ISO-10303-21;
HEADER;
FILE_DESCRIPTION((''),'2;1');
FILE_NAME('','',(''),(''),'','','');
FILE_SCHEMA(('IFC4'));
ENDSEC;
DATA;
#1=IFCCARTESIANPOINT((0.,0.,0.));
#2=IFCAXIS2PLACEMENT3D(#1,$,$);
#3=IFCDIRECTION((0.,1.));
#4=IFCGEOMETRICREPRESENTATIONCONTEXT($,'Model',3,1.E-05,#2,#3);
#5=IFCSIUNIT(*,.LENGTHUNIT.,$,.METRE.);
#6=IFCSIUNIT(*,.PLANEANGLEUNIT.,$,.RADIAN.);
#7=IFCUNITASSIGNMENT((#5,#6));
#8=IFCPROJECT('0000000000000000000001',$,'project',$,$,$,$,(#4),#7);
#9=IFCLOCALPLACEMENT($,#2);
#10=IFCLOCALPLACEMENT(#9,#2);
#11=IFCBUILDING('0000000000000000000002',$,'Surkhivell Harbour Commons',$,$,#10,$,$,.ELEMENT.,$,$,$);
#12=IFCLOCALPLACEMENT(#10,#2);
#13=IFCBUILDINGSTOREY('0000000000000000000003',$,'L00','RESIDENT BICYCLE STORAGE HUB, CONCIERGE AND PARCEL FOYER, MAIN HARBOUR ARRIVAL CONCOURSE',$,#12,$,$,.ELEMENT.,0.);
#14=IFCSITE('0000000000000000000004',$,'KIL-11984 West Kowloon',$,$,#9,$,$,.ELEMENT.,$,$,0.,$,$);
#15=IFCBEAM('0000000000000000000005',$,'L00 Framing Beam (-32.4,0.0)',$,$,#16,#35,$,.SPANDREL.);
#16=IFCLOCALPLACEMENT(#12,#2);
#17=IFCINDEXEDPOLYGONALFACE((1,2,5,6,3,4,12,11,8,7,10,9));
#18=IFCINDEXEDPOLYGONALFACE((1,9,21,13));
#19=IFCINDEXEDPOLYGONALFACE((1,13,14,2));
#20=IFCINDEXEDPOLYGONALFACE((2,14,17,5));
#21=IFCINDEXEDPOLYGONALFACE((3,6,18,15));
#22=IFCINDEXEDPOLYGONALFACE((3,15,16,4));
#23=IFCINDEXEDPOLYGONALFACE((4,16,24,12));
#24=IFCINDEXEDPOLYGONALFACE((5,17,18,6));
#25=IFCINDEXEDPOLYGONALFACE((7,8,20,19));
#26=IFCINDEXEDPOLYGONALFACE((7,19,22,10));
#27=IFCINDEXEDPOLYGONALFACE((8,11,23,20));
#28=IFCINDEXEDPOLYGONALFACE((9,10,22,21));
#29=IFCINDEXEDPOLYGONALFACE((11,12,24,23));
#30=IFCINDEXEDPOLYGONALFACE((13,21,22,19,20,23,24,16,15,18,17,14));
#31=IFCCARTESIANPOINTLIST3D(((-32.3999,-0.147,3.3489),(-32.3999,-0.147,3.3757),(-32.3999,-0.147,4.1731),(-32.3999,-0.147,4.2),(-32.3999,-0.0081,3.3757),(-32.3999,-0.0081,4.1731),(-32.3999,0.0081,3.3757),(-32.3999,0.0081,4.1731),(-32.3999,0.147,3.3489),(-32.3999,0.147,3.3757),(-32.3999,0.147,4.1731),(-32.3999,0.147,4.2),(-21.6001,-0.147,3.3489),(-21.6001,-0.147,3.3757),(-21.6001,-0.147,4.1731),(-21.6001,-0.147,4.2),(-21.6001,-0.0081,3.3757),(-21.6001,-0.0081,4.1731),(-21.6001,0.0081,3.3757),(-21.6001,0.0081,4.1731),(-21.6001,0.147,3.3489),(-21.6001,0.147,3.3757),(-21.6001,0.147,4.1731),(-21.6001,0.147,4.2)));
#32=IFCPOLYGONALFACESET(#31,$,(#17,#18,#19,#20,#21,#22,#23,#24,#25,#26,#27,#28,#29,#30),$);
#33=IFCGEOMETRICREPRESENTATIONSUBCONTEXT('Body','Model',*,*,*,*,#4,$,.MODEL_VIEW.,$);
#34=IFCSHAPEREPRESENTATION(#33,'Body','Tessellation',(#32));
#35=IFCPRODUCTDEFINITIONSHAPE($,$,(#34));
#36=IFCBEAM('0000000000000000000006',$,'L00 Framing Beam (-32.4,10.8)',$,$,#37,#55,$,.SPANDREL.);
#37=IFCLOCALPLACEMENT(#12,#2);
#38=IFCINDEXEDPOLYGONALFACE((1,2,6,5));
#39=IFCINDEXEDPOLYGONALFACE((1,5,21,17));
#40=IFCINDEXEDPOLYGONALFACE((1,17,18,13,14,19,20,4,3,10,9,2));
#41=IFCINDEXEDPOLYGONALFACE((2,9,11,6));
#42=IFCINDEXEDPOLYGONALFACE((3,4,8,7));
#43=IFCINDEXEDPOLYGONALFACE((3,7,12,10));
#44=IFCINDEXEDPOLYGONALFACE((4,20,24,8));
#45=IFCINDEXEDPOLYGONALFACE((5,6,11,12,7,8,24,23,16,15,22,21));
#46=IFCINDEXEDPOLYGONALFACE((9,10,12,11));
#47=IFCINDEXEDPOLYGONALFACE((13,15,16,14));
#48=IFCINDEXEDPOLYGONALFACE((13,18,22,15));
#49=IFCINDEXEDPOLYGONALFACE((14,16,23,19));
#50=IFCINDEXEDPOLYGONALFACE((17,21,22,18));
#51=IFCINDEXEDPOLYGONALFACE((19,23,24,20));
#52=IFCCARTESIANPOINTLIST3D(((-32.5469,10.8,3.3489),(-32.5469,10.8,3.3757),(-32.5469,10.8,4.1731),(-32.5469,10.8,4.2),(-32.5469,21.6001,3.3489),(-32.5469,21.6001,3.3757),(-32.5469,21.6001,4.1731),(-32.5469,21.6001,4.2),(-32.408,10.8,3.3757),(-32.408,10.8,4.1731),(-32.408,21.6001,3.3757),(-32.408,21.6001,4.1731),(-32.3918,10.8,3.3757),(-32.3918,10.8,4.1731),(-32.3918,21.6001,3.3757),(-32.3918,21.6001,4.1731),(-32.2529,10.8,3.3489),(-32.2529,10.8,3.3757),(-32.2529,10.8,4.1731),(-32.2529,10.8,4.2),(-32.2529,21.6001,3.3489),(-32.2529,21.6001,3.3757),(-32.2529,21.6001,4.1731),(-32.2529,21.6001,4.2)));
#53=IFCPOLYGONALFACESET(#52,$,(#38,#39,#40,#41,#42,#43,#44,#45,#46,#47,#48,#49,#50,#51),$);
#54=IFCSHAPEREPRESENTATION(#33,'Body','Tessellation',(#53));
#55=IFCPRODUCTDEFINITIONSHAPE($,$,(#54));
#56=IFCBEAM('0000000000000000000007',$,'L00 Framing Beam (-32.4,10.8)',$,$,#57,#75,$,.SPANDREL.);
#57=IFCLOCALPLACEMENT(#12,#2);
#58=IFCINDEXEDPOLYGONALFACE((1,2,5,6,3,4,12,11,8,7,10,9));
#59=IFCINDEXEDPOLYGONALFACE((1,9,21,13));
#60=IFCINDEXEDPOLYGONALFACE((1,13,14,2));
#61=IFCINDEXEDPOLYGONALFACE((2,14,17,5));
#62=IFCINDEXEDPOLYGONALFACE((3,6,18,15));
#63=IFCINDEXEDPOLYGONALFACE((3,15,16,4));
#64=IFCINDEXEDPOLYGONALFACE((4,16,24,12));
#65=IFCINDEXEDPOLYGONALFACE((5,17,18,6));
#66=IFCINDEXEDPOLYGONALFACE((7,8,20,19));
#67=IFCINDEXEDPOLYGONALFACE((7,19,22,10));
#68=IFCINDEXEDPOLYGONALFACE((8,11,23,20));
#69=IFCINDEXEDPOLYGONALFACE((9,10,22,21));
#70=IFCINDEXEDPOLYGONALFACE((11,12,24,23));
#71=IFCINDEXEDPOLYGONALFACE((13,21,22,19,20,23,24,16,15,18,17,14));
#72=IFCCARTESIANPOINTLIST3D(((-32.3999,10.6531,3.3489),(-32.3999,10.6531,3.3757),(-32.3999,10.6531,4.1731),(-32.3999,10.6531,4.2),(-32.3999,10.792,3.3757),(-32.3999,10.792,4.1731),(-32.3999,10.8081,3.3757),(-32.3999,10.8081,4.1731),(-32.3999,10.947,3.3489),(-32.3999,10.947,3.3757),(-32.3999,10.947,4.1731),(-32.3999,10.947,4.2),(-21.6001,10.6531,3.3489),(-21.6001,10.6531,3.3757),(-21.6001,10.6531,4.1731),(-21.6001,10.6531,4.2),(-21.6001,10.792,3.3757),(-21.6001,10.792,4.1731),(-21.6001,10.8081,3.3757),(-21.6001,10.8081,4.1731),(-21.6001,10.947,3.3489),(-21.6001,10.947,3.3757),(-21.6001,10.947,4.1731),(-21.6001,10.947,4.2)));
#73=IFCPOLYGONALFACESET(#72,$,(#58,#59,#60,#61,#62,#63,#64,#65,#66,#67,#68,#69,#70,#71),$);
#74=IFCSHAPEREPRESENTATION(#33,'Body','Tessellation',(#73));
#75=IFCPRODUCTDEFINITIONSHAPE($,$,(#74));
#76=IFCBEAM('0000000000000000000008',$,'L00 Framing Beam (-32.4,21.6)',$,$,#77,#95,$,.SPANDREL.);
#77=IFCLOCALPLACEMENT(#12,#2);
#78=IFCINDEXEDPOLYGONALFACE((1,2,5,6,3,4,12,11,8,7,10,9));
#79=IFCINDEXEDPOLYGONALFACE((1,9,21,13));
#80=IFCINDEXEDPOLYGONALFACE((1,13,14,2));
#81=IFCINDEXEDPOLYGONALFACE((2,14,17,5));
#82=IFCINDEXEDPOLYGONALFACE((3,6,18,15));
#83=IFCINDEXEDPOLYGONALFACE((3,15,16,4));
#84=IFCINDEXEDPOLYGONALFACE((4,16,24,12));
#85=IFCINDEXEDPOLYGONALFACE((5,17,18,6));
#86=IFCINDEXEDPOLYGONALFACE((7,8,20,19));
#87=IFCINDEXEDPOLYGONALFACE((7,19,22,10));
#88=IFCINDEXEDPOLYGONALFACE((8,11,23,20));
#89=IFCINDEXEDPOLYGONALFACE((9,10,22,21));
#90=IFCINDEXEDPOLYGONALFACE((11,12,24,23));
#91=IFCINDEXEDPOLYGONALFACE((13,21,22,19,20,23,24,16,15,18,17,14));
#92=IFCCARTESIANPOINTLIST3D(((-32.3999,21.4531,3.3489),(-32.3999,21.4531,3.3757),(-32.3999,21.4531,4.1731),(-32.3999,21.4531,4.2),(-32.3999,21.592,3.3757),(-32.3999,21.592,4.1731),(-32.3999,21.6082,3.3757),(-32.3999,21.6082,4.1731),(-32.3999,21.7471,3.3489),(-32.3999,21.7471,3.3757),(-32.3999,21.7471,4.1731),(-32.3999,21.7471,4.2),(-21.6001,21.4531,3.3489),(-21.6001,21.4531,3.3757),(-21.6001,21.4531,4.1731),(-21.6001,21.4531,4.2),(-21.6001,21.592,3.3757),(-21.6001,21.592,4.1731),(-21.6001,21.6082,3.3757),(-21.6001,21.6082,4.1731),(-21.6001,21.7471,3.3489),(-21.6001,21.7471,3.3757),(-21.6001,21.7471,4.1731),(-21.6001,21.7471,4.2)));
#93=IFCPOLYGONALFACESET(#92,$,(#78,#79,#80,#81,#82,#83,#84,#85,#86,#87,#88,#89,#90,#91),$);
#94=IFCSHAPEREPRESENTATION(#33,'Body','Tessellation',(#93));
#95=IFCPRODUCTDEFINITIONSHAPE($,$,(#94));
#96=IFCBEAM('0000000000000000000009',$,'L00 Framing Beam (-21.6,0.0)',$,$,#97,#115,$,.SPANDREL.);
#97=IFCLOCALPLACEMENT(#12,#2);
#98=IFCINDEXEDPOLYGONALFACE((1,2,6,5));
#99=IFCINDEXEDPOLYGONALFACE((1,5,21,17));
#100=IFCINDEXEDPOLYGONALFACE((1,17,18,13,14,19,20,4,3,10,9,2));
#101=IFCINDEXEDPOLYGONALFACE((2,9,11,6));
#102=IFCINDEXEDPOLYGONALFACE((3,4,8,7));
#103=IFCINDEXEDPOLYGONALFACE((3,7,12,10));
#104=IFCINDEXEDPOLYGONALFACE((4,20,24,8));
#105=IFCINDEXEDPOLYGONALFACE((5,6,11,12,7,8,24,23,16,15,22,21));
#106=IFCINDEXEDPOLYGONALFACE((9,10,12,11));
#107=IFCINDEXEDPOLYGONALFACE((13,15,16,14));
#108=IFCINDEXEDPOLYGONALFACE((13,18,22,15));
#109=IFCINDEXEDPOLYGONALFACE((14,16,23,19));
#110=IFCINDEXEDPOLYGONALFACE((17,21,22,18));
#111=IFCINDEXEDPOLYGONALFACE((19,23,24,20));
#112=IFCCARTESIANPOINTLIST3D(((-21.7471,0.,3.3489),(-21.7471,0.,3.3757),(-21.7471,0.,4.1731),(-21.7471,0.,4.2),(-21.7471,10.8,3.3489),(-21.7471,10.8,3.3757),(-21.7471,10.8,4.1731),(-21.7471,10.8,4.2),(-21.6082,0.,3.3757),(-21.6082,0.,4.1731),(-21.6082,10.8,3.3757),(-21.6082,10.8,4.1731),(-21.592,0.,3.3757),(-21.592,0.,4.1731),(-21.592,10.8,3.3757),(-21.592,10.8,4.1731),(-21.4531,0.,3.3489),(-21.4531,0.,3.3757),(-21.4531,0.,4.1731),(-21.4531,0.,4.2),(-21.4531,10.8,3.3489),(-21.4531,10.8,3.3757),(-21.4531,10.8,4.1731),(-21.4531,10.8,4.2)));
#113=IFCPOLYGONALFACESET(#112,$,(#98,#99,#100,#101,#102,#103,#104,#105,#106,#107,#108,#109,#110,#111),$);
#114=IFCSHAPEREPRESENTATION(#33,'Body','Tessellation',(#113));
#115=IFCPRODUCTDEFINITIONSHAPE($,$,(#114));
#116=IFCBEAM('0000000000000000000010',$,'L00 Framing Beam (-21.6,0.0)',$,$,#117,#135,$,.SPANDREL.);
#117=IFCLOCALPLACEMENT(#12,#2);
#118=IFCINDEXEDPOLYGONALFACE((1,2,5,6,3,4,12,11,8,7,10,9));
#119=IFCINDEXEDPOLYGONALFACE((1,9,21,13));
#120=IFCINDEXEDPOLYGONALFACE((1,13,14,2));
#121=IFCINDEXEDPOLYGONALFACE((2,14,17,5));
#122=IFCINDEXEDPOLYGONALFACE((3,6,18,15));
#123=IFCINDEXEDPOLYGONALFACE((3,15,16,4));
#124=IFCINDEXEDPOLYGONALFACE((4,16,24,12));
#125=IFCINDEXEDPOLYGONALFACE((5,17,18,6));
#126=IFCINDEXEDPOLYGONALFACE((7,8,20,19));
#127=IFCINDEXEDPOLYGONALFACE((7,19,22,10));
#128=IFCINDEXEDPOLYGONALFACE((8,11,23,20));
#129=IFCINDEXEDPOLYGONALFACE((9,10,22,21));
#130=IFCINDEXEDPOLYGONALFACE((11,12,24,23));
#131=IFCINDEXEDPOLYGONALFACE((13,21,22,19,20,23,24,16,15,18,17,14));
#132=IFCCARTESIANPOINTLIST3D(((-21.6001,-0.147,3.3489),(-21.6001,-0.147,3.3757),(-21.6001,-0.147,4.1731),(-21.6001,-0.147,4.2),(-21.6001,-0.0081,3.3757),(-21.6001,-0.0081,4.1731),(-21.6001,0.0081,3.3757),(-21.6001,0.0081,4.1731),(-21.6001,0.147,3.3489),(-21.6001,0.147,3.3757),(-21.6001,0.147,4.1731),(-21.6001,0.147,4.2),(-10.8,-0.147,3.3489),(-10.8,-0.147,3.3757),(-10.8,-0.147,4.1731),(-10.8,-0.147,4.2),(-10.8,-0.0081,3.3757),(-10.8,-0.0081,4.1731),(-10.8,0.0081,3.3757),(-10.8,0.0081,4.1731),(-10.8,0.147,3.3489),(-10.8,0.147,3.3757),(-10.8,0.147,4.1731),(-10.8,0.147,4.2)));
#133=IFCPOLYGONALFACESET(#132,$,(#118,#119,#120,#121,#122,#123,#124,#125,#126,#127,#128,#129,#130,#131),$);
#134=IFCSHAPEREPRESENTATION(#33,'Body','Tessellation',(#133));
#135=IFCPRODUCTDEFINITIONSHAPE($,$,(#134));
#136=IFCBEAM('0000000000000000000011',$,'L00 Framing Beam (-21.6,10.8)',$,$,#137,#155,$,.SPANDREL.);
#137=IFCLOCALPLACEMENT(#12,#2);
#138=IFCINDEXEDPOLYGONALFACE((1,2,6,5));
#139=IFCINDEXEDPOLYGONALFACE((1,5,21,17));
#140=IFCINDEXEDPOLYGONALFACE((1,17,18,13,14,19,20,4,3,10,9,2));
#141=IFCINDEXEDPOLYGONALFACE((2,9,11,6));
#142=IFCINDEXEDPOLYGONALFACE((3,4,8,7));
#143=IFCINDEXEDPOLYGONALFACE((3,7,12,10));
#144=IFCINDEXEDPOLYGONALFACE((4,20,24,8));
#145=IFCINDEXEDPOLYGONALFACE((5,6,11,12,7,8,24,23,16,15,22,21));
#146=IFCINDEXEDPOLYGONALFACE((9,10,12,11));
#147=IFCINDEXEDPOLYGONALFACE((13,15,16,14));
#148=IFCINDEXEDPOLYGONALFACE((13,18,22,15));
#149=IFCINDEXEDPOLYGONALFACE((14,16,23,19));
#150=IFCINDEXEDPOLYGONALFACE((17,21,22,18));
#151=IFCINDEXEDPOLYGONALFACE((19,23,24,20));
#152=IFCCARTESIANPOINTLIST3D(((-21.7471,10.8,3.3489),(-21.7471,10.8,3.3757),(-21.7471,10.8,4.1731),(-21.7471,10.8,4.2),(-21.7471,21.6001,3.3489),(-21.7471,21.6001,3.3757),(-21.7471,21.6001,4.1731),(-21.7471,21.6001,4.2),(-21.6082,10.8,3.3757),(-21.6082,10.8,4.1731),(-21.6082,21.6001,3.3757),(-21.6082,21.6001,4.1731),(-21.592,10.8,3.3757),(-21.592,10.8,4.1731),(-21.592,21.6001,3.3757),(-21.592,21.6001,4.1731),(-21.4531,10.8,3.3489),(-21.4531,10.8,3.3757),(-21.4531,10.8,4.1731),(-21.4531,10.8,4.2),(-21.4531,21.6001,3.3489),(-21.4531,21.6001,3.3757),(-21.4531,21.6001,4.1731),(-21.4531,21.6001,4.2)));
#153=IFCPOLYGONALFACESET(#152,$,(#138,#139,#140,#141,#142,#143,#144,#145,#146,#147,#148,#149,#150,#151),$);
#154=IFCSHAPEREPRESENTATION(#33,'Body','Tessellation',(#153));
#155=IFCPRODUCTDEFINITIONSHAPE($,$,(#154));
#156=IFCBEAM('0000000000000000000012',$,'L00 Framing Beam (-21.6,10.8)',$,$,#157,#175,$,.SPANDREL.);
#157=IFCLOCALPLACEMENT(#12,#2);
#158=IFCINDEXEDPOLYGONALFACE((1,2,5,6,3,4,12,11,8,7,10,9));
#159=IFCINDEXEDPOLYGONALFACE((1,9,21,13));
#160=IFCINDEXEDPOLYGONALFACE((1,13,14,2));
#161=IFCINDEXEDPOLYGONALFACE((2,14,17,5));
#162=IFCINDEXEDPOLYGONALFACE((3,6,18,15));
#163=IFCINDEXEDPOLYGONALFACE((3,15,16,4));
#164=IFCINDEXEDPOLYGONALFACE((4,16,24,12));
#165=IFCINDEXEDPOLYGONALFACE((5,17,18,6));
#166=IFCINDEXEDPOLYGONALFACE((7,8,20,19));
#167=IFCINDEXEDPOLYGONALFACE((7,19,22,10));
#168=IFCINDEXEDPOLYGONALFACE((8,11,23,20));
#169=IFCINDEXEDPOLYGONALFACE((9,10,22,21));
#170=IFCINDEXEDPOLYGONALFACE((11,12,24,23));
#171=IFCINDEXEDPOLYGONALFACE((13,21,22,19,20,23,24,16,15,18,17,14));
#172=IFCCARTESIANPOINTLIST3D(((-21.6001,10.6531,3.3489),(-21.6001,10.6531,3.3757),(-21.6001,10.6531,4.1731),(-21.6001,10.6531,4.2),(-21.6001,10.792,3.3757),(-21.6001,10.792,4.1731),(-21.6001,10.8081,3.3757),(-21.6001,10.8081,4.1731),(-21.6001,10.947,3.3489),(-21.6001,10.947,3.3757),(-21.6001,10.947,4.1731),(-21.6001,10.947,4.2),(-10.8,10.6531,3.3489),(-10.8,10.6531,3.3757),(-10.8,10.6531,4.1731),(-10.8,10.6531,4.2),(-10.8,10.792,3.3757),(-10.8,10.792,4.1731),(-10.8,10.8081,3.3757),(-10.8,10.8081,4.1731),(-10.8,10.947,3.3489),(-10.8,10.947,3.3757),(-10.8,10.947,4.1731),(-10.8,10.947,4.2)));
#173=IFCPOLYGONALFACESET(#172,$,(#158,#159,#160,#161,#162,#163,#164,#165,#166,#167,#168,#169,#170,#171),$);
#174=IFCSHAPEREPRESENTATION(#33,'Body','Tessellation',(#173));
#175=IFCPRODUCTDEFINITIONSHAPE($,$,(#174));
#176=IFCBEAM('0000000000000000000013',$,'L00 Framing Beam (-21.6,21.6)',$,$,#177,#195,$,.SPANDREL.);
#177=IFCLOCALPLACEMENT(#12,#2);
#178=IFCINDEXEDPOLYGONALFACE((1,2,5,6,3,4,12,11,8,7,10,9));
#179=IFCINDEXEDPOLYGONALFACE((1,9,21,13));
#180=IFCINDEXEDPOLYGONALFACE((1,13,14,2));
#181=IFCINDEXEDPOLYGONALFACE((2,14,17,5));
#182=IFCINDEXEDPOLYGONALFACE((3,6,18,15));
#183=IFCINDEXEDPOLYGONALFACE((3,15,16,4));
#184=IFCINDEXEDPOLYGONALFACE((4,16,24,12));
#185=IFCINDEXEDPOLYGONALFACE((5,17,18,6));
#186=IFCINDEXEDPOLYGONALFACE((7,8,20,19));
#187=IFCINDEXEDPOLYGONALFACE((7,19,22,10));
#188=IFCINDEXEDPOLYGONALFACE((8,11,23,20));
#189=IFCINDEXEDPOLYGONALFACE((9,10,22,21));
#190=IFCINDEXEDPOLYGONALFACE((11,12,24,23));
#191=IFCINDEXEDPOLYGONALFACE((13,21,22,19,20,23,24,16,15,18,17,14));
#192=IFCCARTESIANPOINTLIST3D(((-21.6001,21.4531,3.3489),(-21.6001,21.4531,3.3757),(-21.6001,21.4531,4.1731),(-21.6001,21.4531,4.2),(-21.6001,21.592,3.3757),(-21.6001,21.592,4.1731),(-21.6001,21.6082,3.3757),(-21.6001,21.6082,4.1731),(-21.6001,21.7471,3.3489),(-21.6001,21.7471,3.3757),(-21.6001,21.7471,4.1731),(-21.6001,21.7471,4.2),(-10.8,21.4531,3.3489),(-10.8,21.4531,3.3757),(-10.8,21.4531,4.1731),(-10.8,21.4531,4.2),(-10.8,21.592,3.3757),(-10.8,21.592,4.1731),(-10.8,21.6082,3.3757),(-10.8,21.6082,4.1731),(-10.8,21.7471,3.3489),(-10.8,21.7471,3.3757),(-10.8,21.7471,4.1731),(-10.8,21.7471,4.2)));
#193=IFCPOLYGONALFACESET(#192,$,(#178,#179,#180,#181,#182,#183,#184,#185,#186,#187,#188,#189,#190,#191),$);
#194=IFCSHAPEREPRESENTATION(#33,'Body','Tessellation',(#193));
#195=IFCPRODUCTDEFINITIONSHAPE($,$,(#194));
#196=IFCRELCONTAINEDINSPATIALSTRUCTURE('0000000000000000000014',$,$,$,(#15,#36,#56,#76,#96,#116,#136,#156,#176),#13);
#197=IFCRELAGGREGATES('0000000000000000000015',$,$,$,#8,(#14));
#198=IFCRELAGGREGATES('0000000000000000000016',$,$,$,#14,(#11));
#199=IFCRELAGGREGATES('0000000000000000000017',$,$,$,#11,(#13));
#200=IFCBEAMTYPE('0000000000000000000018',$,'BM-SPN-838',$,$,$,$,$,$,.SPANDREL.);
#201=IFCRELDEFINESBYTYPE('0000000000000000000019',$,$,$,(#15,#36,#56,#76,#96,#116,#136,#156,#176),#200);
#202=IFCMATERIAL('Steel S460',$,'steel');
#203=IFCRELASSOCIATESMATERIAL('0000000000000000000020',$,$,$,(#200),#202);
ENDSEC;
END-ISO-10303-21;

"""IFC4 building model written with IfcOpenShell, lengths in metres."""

from ifc_helpers import new_model, si_unit, direction, frame, origin, origin_2d, place, context, subcontext, project, spatial, i_section, extrude, material, material_profile, profile_set, type_object, element, save


model = new_model("IFC4")

# Units and contexts
model_context = context("Model", 3, precision=1e-05, world=origin(), true_north=direction((0.0, 1.0)))
body_context = subcontext(model_context, "Body", "Model", "MODEL_VIEW")
ifc_project = project(units=[si_unit("LENGTHUNIT", "METRE"), si_unit("PLANEANGLEUNIT", "RADIAN")], contexts=[model_context])

# Site, building, storey
site_placement = place(None, origin())
site = spatial("IfcSite", under=ifc_project, at=site_placement, Name="KIL-11984 West Kowloon", CompositionType="ELEMENT", RefElevation=0.0)
building_placement = place(site_placement, origin())
building = spatial("IfcBuilding", under=site, at=building_placement, Name="Surkhivell Harbour Commons", CompositionType="ELEMENT")
storey_placement = place(building_placement, origin())
storey = spatial("IfcBuildingStorey", under=building, at=storey_placement, Name="L00", Description="RESIDENT BICYCLE STORAGE HUB, CONCIERGE AND PARCEL FOYER, MAIN HARBOUR ARRIVAL CONCOURSE", CompositionType="ELEMENT", Elevation=0.0)

# Beams
ifc_material_1 = material(Name="Steel S460", Category="steel")
ifc_material_profile_1 = material_profile(ifc_material_1, i_section(OverallWidth=0.2939, OverallDepth=0.8511, WebThickness=0.0161, FlangeThickness=0.0269, at=origin_2d()), Name="UB838x292x226")
ifc_profile_set_1 = profile_set([ifc_material_profile_1], Name="Steel S460")
beam_type = type_object("IfcBeamType", Name="BM-SPN-838", PredefinedType="SPANDREL", material=ifc_profile_set_1)
beam_1_placement = place(storey_placement, frame((-32.3999, 0.0, 3.7744), z_axis=(1.0, 0.0, 0.0), x_axis=(0.0, 1.0, 0.0)))
element("IfcBeam", 1, at=beam_1_placement, inside=storey, type_object=beam_type, Name="L00 Framing Beam (-32.4,0.0)", PredefinedType="SPANDREL", context=body_context, shape_type="SweptSolid", body=[
    extrude(i_section(OverallWidth=0.2939, OverallDepth=0.8511, WebThickness=0.0161, FlangeThickness=0.0269, at=origin_2d()), origin(), (0.0, 0.0, 1.0), 10.7998),
])
beam_2_placement = place(storey_placement, frame((-32.3999, 10.8, 3.7744), z_axis=(0.0, 1.0, 0.0), x_axis=(-1.0, 0.0, 0.0)))
element("IfcBeam", 2, at=beam_2_placement, inside=storey, type_object=beam_type, Name="L00 Framing Beam (-32.4,10.8)", PredefinedType="SPANDREL", context=body_context, shape_type="SweptSolid", body=[
    extrude(i_section(OverallWidth=0.2939, OverallDepth=0.8511, WebThickness=0.0161, FlangeThickness=0.0269, at=origin_2d()), origin(), (0.0, 0.0, 1.0), 10.8),
])
for number, where, z_axis, x_axis, name in (
    (3, (-32.3999, 10.8, 3.7744), (1.0, 0.0, 0.0), (0.0, 1.0, 0.0), "L00 Framing Beam (-32.4,10.8)"),
    (4, (-32.3999, 21.6001, 3.7744), (1.0, 0.0, 0.0), (0.0, 1.0, 0.0), "L00 Framing Beam (-32.4,21.6)"),
):
    element("IfcBeam", number, at=place(storey_placement, frame(where, z_axis=z_axis, x_axis=x_axis)), inside=storey, type_object=beam_type, Name=name, PredefinedType="SPANDREL", context=body_context, shape_type="SweptSolid", body=[
        extrude(i_section(OverallWidth=0.2939, OverallDepth=0.8511, WebThickness=0.0161, FlangeThickness=0.0269, at=origin_2d()), origin(), (0.0, 0.0, 1.0), 10.7998),
    ])
for number, where, z_axis, x_axis, name in (
    (5, (-21.6001, 0.0, 3.7744), (0.0, 1.0, 0.0), (-1.0, 0.0, 0.0), "L00 Framing Beam (-21.6,0.0)"),
    (6, (-21.6001, 0.0, 3.7744), (1.0, 0.0, 0.0), (0.0, 1.0, 0.0), "L00 Framing Beam (-21.6,0.0)"),
    (7, (-21.6001, 10.8, 3.7744), (0.0, 1.0, 0.0), (-1.0, 0.0, 0.0), "L00 Framing Beam (-21.6,10.8)"),
    (8, (-21.6001, 10.8, 3.7744), (1.0, 0.0, 0.0), (0.0, 1.0, 0.0), "L00 Framing Beam (-21.6,10.8)"),
    (9, (-21.6001, 21.6001, 3.7744), (1.0, 0.0, 0.0), (0.0, 1.0, 0.0), "L00 Framing Beam (-21.6,21.6)"),
):
    element("IfcBeam", number, at=place(storey_placement, frame(where, z_axis=z_axis, x_axis=x_axis)), inside=storey, type_object=beam_type, Name=name, PredefinedType="SPANDREL", context=body_context, shape_type="SweptSolid", body=[
        extrude(i_section(OverallWidth=0.2939, OverallDepth=0.8511, WebThickness=0.0161, FlangeThickness=0.0269, at=origin_2d()), origin(), (0.0, 0.0, 1.0), 10.8),
    ])

save(model, "model.ifc")
